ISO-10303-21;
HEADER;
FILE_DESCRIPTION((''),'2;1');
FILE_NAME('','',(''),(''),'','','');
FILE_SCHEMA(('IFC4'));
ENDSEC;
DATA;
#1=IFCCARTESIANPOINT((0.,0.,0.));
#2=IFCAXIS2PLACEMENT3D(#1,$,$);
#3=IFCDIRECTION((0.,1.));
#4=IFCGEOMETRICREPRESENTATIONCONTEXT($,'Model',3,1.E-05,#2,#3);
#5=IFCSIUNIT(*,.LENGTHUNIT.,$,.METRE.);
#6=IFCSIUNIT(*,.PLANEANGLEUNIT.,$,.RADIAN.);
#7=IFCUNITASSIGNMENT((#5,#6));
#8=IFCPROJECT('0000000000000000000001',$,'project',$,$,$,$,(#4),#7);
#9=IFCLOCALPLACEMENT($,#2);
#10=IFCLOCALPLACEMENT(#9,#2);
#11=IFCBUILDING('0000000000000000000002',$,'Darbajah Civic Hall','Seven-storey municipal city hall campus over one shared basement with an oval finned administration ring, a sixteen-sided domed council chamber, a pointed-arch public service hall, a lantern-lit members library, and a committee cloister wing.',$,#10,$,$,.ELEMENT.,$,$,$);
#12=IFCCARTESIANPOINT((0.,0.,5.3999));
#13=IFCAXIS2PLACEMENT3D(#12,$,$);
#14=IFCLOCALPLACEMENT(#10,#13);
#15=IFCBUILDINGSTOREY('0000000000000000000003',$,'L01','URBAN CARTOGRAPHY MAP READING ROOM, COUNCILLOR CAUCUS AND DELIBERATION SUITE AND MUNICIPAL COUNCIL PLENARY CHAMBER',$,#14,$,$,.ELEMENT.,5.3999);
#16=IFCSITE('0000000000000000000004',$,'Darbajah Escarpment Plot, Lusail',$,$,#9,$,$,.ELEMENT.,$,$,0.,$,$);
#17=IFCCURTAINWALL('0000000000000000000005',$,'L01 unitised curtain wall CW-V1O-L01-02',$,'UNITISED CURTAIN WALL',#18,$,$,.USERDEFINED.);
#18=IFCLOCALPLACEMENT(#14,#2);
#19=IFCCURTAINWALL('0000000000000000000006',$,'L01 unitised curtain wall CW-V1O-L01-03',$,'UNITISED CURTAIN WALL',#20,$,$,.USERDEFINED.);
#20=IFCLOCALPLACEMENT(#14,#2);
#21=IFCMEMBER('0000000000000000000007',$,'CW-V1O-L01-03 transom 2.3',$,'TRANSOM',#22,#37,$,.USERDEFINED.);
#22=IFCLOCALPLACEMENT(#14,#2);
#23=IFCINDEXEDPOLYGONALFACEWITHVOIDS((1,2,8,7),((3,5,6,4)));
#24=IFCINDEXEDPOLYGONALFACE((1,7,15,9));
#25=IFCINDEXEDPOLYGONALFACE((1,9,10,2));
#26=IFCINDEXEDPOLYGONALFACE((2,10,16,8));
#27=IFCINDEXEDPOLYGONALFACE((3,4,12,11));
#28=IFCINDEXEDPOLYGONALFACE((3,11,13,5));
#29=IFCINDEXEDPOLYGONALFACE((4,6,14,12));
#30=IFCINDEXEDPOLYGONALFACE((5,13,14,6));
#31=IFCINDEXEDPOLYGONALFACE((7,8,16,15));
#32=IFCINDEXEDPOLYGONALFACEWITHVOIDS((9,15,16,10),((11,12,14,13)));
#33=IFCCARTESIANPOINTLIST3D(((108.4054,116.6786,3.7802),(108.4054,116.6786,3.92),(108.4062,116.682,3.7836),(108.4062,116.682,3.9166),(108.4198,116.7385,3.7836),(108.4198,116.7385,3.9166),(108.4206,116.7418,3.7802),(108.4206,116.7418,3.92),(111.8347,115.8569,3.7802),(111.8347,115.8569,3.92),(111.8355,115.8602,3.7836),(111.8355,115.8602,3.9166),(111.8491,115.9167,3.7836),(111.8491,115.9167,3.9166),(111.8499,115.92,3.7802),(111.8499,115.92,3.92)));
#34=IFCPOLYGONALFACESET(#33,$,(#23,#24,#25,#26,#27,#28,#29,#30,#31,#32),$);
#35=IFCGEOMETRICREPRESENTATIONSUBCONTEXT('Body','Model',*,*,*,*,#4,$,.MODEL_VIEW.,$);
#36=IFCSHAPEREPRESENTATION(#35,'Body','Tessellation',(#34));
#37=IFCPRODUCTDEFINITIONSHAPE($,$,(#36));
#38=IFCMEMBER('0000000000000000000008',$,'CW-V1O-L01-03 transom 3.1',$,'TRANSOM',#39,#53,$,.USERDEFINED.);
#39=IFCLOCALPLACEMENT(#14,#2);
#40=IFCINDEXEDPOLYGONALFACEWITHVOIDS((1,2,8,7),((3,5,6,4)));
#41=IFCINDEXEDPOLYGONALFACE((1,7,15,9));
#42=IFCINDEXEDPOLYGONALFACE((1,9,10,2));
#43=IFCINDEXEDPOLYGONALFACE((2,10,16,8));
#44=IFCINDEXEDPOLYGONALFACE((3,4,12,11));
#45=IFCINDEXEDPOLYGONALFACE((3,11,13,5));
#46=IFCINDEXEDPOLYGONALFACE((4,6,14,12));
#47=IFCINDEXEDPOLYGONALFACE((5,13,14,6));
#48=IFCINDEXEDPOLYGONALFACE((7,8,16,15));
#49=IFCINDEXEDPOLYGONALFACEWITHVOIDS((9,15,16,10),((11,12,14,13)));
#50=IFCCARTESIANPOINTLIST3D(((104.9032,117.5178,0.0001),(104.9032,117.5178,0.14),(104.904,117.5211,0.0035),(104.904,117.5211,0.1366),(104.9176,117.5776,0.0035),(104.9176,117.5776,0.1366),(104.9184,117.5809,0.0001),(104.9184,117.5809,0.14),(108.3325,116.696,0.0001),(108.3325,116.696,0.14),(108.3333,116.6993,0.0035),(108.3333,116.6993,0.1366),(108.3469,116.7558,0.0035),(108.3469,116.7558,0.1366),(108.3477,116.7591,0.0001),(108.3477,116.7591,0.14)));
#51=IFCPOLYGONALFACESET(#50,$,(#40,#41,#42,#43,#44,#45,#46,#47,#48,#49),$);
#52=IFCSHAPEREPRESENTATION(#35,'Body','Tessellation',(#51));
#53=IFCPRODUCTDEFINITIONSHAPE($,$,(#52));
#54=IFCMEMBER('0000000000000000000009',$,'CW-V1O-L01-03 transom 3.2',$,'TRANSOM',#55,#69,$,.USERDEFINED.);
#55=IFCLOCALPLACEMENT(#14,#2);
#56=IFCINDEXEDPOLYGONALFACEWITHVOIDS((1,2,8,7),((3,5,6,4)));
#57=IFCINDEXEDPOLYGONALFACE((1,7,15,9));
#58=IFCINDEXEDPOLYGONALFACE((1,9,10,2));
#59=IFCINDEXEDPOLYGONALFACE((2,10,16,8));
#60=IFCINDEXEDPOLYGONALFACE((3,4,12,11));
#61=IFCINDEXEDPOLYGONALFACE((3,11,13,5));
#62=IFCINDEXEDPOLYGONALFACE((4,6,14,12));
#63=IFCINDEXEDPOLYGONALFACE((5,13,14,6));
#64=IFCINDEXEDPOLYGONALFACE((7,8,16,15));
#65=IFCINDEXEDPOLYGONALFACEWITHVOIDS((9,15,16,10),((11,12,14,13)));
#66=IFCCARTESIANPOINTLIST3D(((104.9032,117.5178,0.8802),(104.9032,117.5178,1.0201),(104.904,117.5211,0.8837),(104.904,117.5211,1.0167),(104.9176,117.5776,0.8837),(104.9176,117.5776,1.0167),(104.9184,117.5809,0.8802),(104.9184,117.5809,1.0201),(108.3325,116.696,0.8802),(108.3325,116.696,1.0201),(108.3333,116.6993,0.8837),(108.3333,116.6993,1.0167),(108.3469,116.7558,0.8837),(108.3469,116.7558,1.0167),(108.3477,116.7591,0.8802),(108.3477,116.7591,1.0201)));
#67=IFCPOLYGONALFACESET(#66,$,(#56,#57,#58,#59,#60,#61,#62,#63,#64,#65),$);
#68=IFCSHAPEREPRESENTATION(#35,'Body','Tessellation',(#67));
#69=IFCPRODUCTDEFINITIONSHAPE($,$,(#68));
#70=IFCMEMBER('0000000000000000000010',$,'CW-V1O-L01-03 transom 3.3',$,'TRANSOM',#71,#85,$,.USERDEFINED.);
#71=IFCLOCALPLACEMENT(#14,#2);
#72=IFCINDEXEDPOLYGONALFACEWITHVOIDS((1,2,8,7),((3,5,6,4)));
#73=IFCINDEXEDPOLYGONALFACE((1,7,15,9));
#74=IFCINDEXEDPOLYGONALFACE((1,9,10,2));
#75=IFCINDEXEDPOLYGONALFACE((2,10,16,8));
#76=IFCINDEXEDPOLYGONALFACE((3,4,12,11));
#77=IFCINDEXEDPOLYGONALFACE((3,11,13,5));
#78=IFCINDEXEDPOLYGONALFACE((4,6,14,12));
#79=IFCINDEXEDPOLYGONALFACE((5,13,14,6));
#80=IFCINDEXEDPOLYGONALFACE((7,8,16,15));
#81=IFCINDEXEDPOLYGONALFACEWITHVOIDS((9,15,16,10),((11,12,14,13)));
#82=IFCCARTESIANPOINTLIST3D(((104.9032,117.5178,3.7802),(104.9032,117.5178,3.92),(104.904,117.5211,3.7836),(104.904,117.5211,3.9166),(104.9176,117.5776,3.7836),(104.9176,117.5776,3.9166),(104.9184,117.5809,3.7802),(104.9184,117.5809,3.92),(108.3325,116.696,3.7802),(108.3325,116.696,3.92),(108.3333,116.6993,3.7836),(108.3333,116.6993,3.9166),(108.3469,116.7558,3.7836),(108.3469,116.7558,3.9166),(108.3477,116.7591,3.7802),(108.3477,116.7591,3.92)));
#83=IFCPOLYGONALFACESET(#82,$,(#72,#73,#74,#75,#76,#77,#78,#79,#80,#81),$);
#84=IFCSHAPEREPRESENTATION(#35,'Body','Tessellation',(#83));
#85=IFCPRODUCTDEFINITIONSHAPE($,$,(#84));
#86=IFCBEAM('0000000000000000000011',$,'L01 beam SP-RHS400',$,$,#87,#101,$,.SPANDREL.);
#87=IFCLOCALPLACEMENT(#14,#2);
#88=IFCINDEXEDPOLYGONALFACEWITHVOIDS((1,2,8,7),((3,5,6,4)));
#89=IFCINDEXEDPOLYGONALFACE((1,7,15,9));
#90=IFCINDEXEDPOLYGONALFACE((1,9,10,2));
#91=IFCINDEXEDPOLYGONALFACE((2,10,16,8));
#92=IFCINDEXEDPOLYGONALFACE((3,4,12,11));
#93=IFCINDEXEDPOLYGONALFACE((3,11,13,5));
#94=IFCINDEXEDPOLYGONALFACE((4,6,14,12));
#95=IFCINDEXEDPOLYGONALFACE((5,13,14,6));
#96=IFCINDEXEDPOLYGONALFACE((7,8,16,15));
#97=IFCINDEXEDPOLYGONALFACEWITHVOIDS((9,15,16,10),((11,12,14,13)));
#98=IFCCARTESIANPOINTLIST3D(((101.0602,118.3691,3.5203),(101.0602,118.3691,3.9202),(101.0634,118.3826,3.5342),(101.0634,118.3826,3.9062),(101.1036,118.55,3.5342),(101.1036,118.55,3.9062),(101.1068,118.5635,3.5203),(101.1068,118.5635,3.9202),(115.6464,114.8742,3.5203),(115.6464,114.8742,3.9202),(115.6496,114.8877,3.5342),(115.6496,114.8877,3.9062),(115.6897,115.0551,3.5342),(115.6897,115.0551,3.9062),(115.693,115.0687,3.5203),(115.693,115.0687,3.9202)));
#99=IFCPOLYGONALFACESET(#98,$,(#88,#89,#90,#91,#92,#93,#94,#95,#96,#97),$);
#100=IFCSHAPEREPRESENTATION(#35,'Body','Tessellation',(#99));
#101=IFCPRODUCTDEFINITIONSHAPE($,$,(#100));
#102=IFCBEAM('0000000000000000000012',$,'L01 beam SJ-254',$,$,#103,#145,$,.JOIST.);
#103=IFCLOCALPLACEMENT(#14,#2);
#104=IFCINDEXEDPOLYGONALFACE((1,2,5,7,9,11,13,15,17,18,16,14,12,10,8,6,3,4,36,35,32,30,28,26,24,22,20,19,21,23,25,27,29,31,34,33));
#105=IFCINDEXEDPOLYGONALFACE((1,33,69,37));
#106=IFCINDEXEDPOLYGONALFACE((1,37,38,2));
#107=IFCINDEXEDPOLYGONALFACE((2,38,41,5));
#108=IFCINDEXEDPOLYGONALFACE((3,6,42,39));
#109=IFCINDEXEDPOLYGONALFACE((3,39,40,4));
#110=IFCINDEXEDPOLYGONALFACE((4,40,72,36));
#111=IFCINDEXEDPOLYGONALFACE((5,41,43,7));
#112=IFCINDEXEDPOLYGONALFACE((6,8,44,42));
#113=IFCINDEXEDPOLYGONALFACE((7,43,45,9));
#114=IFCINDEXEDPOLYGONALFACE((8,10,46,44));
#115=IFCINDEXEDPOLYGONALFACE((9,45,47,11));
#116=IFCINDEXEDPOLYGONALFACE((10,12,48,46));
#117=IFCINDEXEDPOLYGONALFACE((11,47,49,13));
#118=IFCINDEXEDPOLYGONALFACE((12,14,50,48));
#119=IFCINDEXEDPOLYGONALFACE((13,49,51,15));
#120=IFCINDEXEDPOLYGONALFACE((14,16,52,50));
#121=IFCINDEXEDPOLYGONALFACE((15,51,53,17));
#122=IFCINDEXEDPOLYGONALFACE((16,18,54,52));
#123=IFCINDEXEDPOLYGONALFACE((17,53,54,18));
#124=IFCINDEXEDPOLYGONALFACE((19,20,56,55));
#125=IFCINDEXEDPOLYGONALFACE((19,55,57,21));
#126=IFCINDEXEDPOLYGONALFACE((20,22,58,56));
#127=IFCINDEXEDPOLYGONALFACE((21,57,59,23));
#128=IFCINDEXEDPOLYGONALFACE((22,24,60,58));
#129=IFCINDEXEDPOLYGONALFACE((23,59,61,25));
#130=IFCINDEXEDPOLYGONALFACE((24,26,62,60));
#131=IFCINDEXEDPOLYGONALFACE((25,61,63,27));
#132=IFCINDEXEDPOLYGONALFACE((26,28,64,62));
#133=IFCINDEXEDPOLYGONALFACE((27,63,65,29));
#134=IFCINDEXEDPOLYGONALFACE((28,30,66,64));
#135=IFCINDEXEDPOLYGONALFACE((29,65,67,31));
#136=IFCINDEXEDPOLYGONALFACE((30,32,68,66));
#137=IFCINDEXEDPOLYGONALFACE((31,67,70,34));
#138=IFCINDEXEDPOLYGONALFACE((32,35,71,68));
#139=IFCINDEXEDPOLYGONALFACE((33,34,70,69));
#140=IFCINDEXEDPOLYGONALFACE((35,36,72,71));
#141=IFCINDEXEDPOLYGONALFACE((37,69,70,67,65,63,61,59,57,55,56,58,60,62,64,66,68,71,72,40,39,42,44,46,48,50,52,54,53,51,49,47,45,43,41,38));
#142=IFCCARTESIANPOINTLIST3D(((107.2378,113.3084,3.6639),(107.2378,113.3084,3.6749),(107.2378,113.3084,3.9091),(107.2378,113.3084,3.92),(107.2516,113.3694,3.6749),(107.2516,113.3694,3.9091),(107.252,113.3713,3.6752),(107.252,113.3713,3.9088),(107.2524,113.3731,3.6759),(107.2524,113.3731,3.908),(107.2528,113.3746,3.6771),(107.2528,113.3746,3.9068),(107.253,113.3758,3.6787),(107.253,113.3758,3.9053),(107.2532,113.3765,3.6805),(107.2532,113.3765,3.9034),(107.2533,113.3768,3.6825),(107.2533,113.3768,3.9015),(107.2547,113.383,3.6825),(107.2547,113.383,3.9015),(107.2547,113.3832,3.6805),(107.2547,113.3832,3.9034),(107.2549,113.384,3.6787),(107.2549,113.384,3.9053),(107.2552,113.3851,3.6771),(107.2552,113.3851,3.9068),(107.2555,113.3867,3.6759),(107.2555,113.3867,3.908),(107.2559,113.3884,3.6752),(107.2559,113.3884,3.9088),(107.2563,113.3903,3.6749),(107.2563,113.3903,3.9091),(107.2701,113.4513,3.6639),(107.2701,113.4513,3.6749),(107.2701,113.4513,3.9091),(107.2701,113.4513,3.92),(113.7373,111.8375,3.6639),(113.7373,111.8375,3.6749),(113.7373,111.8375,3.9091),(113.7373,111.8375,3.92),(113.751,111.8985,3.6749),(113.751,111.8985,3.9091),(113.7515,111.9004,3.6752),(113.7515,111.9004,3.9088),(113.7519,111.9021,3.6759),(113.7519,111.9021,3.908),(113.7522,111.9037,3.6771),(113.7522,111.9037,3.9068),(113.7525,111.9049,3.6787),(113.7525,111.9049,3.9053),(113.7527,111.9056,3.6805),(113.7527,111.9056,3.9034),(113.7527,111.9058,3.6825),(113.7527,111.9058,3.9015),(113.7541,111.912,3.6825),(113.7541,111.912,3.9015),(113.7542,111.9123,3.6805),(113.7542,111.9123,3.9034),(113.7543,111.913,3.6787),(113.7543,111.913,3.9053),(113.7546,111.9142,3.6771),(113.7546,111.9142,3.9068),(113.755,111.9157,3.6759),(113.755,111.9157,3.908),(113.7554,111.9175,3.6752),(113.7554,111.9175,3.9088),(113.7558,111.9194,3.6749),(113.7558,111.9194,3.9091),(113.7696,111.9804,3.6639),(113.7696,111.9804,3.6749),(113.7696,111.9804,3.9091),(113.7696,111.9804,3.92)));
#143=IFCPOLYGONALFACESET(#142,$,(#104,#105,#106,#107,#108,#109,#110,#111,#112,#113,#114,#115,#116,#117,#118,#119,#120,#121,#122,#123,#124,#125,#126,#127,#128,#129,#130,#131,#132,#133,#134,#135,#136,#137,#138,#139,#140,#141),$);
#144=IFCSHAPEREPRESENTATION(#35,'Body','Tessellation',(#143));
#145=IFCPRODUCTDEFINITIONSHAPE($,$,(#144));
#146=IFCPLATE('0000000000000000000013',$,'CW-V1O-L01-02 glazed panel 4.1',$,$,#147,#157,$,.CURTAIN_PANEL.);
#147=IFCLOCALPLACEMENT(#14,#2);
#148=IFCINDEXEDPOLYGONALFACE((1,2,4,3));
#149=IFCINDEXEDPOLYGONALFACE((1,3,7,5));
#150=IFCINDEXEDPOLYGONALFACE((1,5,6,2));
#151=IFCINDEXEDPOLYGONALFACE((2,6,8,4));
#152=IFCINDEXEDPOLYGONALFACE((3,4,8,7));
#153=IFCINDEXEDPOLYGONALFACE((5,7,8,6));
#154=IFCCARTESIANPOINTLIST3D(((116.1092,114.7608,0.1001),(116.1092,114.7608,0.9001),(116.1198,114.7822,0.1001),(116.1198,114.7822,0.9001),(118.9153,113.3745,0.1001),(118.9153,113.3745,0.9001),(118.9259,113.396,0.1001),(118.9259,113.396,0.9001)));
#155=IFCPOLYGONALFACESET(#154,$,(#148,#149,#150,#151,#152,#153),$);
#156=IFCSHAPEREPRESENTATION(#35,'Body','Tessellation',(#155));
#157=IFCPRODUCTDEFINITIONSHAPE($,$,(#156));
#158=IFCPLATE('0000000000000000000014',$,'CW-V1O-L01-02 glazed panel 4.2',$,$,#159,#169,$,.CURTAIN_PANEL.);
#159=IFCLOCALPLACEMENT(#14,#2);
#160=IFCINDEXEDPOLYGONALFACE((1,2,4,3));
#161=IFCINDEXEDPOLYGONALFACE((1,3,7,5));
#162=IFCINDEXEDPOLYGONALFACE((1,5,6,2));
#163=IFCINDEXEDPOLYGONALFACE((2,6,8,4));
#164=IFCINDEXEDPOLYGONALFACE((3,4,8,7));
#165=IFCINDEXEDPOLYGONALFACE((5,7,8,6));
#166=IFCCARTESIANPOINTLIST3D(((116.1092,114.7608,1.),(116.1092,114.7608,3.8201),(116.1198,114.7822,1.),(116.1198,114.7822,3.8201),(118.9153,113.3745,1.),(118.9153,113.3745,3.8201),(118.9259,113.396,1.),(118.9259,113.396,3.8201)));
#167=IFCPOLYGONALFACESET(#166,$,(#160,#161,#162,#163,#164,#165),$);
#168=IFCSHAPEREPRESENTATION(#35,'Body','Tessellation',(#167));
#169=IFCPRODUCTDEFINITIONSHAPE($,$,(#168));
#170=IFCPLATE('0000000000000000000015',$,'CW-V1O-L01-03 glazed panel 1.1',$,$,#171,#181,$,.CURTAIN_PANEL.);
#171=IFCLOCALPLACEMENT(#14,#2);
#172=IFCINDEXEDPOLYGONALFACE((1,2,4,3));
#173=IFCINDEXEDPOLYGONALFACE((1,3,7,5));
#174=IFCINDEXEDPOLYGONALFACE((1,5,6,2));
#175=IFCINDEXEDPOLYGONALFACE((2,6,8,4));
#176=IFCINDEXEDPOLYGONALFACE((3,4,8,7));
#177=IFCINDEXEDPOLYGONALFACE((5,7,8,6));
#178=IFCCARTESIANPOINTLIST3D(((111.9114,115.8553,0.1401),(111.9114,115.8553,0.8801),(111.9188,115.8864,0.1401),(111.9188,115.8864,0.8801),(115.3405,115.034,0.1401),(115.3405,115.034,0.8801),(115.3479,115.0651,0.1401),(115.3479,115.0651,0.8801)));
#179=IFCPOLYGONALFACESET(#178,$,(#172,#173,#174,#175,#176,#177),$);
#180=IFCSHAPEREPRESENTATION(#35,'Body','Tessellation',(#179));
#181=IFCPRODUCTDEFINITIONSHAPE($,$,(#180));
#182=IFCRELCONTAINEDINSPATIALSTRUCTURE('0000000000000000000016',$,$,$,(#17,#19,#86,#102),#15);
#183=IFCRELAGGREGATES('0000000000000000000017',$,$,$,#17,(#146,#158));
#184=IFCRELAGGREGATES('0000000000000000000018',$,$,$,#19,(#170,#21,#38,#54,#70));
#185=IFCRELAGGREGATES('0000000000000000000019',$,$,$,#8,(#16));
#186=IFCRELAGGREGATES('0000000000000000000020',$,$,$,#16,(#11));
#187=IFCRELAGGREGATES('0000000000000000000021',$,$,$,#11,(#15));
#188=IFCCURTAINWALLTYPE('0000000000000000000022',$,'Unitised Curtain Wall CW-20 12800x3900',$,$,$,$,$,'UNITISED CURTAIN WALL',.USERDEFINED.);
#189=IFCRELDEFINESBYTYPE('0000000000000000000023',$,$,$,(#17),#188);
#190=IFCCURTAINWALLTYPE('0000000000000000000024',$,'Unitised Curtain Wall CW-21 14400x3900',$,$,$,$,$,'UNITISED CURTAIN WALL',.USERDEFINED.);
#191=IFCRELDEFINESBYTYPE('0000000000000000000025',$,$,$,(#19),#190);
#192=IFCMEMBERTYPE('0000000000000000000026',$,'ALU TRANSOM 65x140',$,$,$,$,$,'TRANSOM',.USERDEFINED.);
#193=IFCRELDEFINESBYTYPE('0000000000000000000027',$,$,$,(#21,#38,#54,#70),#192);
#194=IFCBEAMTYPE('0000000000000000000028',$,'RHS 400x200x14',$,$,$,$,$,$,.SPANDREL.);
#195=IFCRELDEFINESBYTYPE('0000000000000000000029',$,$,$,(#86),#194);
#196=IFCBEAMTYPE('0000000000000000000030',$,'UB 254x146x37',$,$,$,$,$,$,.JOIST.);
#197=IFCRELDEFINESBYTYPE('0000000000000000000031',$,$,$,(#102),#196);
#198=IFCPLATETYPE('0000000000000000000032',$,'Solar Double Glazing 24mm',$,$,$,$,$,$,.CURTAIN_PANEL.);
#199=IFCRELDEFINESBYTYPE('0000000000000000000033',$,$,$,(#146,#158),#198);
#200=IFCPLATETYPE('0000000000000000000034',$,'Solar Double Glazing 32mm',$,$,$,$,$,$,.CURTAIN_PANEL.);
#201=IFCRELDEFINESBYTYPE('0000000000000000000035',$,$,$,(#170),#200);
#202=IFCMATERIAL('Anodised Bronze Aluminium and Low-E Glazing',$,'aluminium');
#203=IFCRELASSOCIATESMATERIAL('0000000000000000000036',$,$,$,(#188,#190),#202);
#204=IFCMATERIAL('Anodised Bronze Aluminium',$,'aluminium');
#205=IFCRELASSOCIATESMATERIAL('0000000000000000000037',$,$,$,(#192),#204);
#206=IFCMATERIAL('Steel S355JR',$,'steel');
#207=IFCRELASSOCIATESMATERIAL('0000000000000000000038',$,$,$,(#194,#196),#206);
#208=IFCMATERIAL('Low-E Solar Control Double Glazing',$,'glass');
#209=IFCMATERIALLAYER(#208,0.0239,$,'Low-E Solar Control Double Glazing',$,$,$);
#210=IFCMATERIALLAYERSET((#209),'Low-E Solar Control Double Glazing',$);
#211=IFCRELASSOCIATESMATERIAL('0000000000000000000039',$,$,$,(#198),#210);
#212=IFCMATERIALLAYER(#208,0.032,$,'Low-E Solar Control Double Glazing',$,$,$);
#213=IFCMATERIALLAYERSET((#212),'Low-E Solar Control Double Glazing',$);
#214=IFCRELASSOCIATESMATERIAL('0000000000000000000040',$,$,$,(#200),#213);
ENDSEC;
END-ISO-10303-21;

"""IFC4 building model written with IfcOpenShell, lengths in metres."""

from ifc_helpers import new_model, si_unit, direction, frame, origin, origin_2d, place, context, subcontext, project, spatial, rectangle, hollow_rectangle, i_section, extrude, material, layer, layer_set, material_profile, profile_set, type_object, element, aggregate, save


model = new_model("IFC4")

# Units and contexts
model_context = context("Model", 3, precision=1e-05, world=origin(), true_north=direction((0.0, 1.0)))
body_context = subcontext(model_context, "Body", "Model", "MODEL_VIEW")
ifc_project = project(units=[si_unit("LENGTHUNIT", "METRE"), si_unit("PLANEANGLEUNIT", "RADIAN")], contexts=[model_context])

# Site, building, storey
site_placement = place(None, origin())
site = spatial("IfcSite", under=ifc_project, at=site_placement, Name="Darbajah Escarpment Plot, Lusail", CompositionType="ELEMENT", RefElevation=0.0)
building_placement = place(site_placement, origin())
building = spatial("IfcBuilding", under=site, at=building_placement, Name="Darbajah Civic Hall", Description="Seven-storey municipal city hall campus over one shared basement with an oval finned administration ring, a sixteen-sided domed council chamber, a pointed-arch public service hall, a lantern-lit members library, and a committee cloister wing.", CompositionType="ELEMENT")
storey_placement = place(building_placement, frame((0.0, 0.0, 5.3999)))
storey = spatial("IfcBuildingStorey", under=building, at=storey_placement, Name="L01", Description="URBAN CARTOGRAPHY MAP READING ROOM, COUNCILLOR CAUCUS AND DELIBERATION SUITE AND MUNICIPAL COUNCIL PLENARY CHAMBER", CompositionType="ELEMENT", Elevation=5.3999)

# Curtain wall
ifc_material_1 = material(Name="Anodised Bronze Aluminium and Low-E Glazing", Category="aluminium")
curtain_wall_type_1 = type_object("IfcCurtainWallType", Name="Unitised Curtain Wall CW-20 12800x3900", ElementType="UNITISED CURTAIN WALL", PredefinedType="USERDEFINED", material=ifc_material_1)
curtain_wall_1_placement = place(storey_placement, origin())
curtain_wall_1 = element("IfcCurtainWall", 1, at=curtain_wall_1_placement, inside=storey, type_object=curtain_wall_type_1, Name="L01 unitised curtain wall CW-V1O-L01-02", ObjectType="UNITISED CURTAIN WALL", PredefinedType="USERDEFINED")
ifc_material_2 = material(Name="Anodised Bronze Aluminium", Category="aluminium")

# Curtain wall, members
curtain_wall_type_2 = type_object("IfcCurtainWallType", Name="Unitised Curtain Wall CW-21 14400x3900", ElementType="UNITISED CURTAIN WALL", PredefinedType="USERDEFINED", material=ifc_material_1)
curtain_wall_2_placement = place(storey_placement, origin())
curtain_wall_2 = element("IfcCurtainWall", 2, at=curtain_wall_2_placement, inside=storey, type_object=curtain_wall_type_2, Name="L01 unitised curtain wall CW-V1O-L01-03", ObjectType="UNITISED CURTAIN WALL", PredefinedType="USERDEFINED")
ifc_material_profile_1 = material_profile(ifc_material_2, hollow_rectangle(XDim=0.0649, YDim=0.1399, WallThickness=0.0034, at=origin_2d()), Name="ALU TRANSOM 65x140")
ifc_profile_set_1 = profile_set([ifc_material_profile_1], Name="Anodised Bronze Aluminium")
member_type_1 = type_object("IfcMemberType", Name="ALU TRANSOM 65x140", ElementType="TRANSOM", PredefinedType="USERDEFINED", material=ifc_profile_set_1)
member_1_placement = place(storey_placement, frame((111.8423, 115.8884, 3.8501), z_axis=(-0.972466, 0.233043, 0.0), x_axis=(-0.233043, -0.972466, 0.0)))
member_1 = element("IfcMember", 3, at=member_1_placement, type_object=member_type_1, Name="CW-V1O-L01-03 transom 2.3", ObjectType="TRANSOM", PredefinedType="USERDEFINED", context=body_context, shape_type="SweptSolid", body=[
    extrude(hollow_rectangle(XDim=0.0649, YDim=0.1399, WallThickness=0.0034, at=origin_2d()), origin(), (0.0, 0.0, 1.0), 3.5264),
])
member_2_placement = place(storey_placement, frame((108.3401, 116.7275, 0.0701), z_axis=(-0.972466, 0.233043, 0.0), x_axis=(-0.233043, -0.972466, 0.0)))
member_2 = element("IfcMember", 4, at=member_2_placement, type_object=member_type_1, Name="CW-V1O-L01-03 transom 3.1", ObjectType="TRANSOM", PredefinedType="USERDEFINED", context=body_context, shape_type="SweptSolid", body=[
    extrude(hollow_rectangle(XDim=0.0649, YDim=0.1399, WallThickness=0.0034, at=origin_2d()), origin(), (0.0, 0.0, 1.0), 3.5264),
])
member_3_placement = place(storey_placement, frame((108.3401, 116.7275, 0.9502), z_axis=(-0.972466, 0.233043, 0.0), x_axis=(-0.233043, -0.972466, 0.0)))
member_3 = element("IfcMember", 5, at=member_3_placement, type_object=member_type_1, Name="CW-V1O-L01-03 transom 3.2", ObjectType="TRANSOM", PredefinedType="USERDEFINED", context=body_context, shape_type="SweptSolid", body=[
    extrude(hollow_rectangle(XDim=0.0649, YDim=0.1399, WallThickness=0.0034, at=origin_2d()), origin(), (0.0, 0.0, 1.0), 3.5264),
])
member_4_placement = place(storey_placement, frame((108.3401, 116.7275, 3.8501), z_axis=(-0.972466, 0.233043, 0.0), x_axis=(-0.233043, -0.972466, 0.0)))
member_4 = element("IfcMember", 6, at=member_4_placement, type_object=member_type_1, Name="CW-V1O-L01-03 transom 3.3", ObjectType="TRANSOM", PredefinedType="USERDEFINED", context=body_context, shape_type="SweptSolid", body=[
    extrude(hollow_rectangle(XDim=0.0649, YDim=0.1399, WallThickness=0.0034, at=origin_2d()), origin(), (0.0, 0.0, 1.0), 3.5264),
])

# Beams
ifc_material_3 = material(Name="Steel S355JR", Category="steel")
ifc_material_profile_2 = material_profile(ifc_material_3, hollow_rectangle(XDim=0.2, YDim=0.3999, WallThickness=0.0139, at=origin_2d()), Name="RHS 400x200x14")
ifc_profile_set_2 = profile_set([ifc_material_profile_2], Name="Steel S355JR")
beam_type_1 = type_object("IfcBeamType", Name="RHS 400x200x14", PredefinedType="SPANDREL", material=ifc_profile_set_2)
beam_1_placement = place(storey_placement, frame((115.6697, 114.9714, 3.7202), z_axis=(-0.972475, 0.233007, 0.0), x_axis=(-0.233007, -0.972475, 0.0)))
element("IfcBeam", 7, at=beam_1_placement, inside=storey, type_object=beam_type_1, Name="L01 beam SP-RHS400", PredefinedType="SPANDREL", context=body_context, shape_type="SweptSolid", body=[
    extrude(hollow_rectangle(XDim=0.2, YDim=0.3999, WallThickness=0.0139, at=origin_2d()), origin(), (0.0, 0.0, 1.0), 14.999),
])
ifc_material_profile_3 = material_profile(ifc_material_3, i_section(OverallWidth=0.1465, OverallDepth=0.2561, WebThickness=0.0063, FlangeThickness=0.011, FilletRadius=0.0076, at=origin_2d()), Name="UB 254x146x37")
ifc_profile_set_3 = profile_set([ifc_material_profile_3], Name="Steel S355JR")
beam_type_2 = type_object("IfcBeamType", Name="UB 254x146x37", PredefinedType="JOIST", material=ifc_profile_set_3)
beam_2_placement = place(storey_placement, frame((113.7534, 111.9089, 3.792), z_axis=(-0.975334, 0.220734, 0.0), x_axis=(-0.220734, -0.975334, 0.0)))
element("IfcBeam", 8, at=beam_2_placement, inside=storey, type_object=beam_type_2, Name="L01 beam SJ-254", PredefinedType="JOIST", context=body_context, shape_type="SweptSolid", body=[
    extrude(i_section(OverallWidth=0.1465, OverallDepth=0.2561, WebThickness=0.0063, FlangeThickness=0.011, FilletRadius=0.0076, at=origin_2d()), origin(), (0.0, 0.0, 1.0), 6.6638),
])

# Plates
ifc_material_4 = material(Name="Low-E Solar Control Double Glazing", Category="glass")
ifc_layer_1 = layer(ifc_material_4, 0.0239, Name="Low-E Solar Control Double Glazing")
ifc_layer_set_1 = layer_set([ifc_layer_1], Name="Low-E Solar Control Double Glazing")
plate_type_1 = type_object("IfcPlateType", Name="Solar Double Glazing 24mm", PredefinedType="CURTAIN_PANEL", material=ifc_layer_set_1)
plate_1_placement = place(storey_placement, frame((117.5176, 114.0784, 0.1001), z_axis=(0.0, 0.0, 1.0), x_axis=(-0.896564, 0.442915, 0.0)))
plate_1 = element("IfcPlate", 9, at=plate_1_placement, type_object=plate_type_1, Name="CW-V1O-L01-02 glazed panel 4.1", PredefinedType="CURTAIN_PANEL", context=body_context, shape_type="SweptSolid", body=[
    extrude(rectangle(XDim=3.1299, YDim=0.0239, at=origin_2d()), origin(), (0.0, 0.0, 1.0), 0.8),
])
plate_2_placement = place(storey_placement, frame((117.5176, 114.0784, 1.0), z_axis=(0.0, 0.0, 1.0), x_axis=(-0.896564, 0.442915, 0.0)))
plate_2 = element("IfcPlate", 10, at=plate_2_placement, type_object=plate_type_1, Name="CW-V1O-L01-02 glazed panel 4.2", PredefinedType="CURTAIN_PANEL", context=body_context, shape_type="SweptSolid", body=[
    extrude(rectangle(XDim=3.1299, YDim=0.0239, at=origin_2d()), origin(), (0.0, 0.0, 1.0), 2.8201),
])
aggregate(curtain_wall_1, [plate_1, plate_2])
ifc_layer_2 = layer(ifc_material_4, 0.032, Name="Low-E Solar Control Double Glazing")
ifc_layer_set_2 = layer_set([ifc_layer_2], Name="Low-E Solar Control Double Glazing")
plate_type_2 = type_object("IfcPlateType", Name="Solar Double Glazing 32mm", PredefinedType="CURTAIN_PANEL", material=ifc_layer_set_2)
plate_3_placement = place(storey_placement, frame((113.6296, 115.4602, 0.1401), z_axis=(0.0, 0.0, 1.0), x_axis=(-0.972492, 0.232936, 0.0)))
plate_3 = element("IfcPlate", 11, at=plate_3_placement, type_object=plate_type_2, Name="CW-V1O-L01-03 glazed panel 1.1", PredefinedType="CURTAIN_PANEL", context=body_context, shape_type="SweptSolid", body=[
    extrude(rectangle(XDim=3.5261, YDim=0.032, at=origin_2d()), origin(), (0.0, 0.0, 1.0), 0.74),
])
aggregate(curtain_wall_2, [plate_3, member_1, member_2, member_3, member_4])

save(model, "model.ifc")
